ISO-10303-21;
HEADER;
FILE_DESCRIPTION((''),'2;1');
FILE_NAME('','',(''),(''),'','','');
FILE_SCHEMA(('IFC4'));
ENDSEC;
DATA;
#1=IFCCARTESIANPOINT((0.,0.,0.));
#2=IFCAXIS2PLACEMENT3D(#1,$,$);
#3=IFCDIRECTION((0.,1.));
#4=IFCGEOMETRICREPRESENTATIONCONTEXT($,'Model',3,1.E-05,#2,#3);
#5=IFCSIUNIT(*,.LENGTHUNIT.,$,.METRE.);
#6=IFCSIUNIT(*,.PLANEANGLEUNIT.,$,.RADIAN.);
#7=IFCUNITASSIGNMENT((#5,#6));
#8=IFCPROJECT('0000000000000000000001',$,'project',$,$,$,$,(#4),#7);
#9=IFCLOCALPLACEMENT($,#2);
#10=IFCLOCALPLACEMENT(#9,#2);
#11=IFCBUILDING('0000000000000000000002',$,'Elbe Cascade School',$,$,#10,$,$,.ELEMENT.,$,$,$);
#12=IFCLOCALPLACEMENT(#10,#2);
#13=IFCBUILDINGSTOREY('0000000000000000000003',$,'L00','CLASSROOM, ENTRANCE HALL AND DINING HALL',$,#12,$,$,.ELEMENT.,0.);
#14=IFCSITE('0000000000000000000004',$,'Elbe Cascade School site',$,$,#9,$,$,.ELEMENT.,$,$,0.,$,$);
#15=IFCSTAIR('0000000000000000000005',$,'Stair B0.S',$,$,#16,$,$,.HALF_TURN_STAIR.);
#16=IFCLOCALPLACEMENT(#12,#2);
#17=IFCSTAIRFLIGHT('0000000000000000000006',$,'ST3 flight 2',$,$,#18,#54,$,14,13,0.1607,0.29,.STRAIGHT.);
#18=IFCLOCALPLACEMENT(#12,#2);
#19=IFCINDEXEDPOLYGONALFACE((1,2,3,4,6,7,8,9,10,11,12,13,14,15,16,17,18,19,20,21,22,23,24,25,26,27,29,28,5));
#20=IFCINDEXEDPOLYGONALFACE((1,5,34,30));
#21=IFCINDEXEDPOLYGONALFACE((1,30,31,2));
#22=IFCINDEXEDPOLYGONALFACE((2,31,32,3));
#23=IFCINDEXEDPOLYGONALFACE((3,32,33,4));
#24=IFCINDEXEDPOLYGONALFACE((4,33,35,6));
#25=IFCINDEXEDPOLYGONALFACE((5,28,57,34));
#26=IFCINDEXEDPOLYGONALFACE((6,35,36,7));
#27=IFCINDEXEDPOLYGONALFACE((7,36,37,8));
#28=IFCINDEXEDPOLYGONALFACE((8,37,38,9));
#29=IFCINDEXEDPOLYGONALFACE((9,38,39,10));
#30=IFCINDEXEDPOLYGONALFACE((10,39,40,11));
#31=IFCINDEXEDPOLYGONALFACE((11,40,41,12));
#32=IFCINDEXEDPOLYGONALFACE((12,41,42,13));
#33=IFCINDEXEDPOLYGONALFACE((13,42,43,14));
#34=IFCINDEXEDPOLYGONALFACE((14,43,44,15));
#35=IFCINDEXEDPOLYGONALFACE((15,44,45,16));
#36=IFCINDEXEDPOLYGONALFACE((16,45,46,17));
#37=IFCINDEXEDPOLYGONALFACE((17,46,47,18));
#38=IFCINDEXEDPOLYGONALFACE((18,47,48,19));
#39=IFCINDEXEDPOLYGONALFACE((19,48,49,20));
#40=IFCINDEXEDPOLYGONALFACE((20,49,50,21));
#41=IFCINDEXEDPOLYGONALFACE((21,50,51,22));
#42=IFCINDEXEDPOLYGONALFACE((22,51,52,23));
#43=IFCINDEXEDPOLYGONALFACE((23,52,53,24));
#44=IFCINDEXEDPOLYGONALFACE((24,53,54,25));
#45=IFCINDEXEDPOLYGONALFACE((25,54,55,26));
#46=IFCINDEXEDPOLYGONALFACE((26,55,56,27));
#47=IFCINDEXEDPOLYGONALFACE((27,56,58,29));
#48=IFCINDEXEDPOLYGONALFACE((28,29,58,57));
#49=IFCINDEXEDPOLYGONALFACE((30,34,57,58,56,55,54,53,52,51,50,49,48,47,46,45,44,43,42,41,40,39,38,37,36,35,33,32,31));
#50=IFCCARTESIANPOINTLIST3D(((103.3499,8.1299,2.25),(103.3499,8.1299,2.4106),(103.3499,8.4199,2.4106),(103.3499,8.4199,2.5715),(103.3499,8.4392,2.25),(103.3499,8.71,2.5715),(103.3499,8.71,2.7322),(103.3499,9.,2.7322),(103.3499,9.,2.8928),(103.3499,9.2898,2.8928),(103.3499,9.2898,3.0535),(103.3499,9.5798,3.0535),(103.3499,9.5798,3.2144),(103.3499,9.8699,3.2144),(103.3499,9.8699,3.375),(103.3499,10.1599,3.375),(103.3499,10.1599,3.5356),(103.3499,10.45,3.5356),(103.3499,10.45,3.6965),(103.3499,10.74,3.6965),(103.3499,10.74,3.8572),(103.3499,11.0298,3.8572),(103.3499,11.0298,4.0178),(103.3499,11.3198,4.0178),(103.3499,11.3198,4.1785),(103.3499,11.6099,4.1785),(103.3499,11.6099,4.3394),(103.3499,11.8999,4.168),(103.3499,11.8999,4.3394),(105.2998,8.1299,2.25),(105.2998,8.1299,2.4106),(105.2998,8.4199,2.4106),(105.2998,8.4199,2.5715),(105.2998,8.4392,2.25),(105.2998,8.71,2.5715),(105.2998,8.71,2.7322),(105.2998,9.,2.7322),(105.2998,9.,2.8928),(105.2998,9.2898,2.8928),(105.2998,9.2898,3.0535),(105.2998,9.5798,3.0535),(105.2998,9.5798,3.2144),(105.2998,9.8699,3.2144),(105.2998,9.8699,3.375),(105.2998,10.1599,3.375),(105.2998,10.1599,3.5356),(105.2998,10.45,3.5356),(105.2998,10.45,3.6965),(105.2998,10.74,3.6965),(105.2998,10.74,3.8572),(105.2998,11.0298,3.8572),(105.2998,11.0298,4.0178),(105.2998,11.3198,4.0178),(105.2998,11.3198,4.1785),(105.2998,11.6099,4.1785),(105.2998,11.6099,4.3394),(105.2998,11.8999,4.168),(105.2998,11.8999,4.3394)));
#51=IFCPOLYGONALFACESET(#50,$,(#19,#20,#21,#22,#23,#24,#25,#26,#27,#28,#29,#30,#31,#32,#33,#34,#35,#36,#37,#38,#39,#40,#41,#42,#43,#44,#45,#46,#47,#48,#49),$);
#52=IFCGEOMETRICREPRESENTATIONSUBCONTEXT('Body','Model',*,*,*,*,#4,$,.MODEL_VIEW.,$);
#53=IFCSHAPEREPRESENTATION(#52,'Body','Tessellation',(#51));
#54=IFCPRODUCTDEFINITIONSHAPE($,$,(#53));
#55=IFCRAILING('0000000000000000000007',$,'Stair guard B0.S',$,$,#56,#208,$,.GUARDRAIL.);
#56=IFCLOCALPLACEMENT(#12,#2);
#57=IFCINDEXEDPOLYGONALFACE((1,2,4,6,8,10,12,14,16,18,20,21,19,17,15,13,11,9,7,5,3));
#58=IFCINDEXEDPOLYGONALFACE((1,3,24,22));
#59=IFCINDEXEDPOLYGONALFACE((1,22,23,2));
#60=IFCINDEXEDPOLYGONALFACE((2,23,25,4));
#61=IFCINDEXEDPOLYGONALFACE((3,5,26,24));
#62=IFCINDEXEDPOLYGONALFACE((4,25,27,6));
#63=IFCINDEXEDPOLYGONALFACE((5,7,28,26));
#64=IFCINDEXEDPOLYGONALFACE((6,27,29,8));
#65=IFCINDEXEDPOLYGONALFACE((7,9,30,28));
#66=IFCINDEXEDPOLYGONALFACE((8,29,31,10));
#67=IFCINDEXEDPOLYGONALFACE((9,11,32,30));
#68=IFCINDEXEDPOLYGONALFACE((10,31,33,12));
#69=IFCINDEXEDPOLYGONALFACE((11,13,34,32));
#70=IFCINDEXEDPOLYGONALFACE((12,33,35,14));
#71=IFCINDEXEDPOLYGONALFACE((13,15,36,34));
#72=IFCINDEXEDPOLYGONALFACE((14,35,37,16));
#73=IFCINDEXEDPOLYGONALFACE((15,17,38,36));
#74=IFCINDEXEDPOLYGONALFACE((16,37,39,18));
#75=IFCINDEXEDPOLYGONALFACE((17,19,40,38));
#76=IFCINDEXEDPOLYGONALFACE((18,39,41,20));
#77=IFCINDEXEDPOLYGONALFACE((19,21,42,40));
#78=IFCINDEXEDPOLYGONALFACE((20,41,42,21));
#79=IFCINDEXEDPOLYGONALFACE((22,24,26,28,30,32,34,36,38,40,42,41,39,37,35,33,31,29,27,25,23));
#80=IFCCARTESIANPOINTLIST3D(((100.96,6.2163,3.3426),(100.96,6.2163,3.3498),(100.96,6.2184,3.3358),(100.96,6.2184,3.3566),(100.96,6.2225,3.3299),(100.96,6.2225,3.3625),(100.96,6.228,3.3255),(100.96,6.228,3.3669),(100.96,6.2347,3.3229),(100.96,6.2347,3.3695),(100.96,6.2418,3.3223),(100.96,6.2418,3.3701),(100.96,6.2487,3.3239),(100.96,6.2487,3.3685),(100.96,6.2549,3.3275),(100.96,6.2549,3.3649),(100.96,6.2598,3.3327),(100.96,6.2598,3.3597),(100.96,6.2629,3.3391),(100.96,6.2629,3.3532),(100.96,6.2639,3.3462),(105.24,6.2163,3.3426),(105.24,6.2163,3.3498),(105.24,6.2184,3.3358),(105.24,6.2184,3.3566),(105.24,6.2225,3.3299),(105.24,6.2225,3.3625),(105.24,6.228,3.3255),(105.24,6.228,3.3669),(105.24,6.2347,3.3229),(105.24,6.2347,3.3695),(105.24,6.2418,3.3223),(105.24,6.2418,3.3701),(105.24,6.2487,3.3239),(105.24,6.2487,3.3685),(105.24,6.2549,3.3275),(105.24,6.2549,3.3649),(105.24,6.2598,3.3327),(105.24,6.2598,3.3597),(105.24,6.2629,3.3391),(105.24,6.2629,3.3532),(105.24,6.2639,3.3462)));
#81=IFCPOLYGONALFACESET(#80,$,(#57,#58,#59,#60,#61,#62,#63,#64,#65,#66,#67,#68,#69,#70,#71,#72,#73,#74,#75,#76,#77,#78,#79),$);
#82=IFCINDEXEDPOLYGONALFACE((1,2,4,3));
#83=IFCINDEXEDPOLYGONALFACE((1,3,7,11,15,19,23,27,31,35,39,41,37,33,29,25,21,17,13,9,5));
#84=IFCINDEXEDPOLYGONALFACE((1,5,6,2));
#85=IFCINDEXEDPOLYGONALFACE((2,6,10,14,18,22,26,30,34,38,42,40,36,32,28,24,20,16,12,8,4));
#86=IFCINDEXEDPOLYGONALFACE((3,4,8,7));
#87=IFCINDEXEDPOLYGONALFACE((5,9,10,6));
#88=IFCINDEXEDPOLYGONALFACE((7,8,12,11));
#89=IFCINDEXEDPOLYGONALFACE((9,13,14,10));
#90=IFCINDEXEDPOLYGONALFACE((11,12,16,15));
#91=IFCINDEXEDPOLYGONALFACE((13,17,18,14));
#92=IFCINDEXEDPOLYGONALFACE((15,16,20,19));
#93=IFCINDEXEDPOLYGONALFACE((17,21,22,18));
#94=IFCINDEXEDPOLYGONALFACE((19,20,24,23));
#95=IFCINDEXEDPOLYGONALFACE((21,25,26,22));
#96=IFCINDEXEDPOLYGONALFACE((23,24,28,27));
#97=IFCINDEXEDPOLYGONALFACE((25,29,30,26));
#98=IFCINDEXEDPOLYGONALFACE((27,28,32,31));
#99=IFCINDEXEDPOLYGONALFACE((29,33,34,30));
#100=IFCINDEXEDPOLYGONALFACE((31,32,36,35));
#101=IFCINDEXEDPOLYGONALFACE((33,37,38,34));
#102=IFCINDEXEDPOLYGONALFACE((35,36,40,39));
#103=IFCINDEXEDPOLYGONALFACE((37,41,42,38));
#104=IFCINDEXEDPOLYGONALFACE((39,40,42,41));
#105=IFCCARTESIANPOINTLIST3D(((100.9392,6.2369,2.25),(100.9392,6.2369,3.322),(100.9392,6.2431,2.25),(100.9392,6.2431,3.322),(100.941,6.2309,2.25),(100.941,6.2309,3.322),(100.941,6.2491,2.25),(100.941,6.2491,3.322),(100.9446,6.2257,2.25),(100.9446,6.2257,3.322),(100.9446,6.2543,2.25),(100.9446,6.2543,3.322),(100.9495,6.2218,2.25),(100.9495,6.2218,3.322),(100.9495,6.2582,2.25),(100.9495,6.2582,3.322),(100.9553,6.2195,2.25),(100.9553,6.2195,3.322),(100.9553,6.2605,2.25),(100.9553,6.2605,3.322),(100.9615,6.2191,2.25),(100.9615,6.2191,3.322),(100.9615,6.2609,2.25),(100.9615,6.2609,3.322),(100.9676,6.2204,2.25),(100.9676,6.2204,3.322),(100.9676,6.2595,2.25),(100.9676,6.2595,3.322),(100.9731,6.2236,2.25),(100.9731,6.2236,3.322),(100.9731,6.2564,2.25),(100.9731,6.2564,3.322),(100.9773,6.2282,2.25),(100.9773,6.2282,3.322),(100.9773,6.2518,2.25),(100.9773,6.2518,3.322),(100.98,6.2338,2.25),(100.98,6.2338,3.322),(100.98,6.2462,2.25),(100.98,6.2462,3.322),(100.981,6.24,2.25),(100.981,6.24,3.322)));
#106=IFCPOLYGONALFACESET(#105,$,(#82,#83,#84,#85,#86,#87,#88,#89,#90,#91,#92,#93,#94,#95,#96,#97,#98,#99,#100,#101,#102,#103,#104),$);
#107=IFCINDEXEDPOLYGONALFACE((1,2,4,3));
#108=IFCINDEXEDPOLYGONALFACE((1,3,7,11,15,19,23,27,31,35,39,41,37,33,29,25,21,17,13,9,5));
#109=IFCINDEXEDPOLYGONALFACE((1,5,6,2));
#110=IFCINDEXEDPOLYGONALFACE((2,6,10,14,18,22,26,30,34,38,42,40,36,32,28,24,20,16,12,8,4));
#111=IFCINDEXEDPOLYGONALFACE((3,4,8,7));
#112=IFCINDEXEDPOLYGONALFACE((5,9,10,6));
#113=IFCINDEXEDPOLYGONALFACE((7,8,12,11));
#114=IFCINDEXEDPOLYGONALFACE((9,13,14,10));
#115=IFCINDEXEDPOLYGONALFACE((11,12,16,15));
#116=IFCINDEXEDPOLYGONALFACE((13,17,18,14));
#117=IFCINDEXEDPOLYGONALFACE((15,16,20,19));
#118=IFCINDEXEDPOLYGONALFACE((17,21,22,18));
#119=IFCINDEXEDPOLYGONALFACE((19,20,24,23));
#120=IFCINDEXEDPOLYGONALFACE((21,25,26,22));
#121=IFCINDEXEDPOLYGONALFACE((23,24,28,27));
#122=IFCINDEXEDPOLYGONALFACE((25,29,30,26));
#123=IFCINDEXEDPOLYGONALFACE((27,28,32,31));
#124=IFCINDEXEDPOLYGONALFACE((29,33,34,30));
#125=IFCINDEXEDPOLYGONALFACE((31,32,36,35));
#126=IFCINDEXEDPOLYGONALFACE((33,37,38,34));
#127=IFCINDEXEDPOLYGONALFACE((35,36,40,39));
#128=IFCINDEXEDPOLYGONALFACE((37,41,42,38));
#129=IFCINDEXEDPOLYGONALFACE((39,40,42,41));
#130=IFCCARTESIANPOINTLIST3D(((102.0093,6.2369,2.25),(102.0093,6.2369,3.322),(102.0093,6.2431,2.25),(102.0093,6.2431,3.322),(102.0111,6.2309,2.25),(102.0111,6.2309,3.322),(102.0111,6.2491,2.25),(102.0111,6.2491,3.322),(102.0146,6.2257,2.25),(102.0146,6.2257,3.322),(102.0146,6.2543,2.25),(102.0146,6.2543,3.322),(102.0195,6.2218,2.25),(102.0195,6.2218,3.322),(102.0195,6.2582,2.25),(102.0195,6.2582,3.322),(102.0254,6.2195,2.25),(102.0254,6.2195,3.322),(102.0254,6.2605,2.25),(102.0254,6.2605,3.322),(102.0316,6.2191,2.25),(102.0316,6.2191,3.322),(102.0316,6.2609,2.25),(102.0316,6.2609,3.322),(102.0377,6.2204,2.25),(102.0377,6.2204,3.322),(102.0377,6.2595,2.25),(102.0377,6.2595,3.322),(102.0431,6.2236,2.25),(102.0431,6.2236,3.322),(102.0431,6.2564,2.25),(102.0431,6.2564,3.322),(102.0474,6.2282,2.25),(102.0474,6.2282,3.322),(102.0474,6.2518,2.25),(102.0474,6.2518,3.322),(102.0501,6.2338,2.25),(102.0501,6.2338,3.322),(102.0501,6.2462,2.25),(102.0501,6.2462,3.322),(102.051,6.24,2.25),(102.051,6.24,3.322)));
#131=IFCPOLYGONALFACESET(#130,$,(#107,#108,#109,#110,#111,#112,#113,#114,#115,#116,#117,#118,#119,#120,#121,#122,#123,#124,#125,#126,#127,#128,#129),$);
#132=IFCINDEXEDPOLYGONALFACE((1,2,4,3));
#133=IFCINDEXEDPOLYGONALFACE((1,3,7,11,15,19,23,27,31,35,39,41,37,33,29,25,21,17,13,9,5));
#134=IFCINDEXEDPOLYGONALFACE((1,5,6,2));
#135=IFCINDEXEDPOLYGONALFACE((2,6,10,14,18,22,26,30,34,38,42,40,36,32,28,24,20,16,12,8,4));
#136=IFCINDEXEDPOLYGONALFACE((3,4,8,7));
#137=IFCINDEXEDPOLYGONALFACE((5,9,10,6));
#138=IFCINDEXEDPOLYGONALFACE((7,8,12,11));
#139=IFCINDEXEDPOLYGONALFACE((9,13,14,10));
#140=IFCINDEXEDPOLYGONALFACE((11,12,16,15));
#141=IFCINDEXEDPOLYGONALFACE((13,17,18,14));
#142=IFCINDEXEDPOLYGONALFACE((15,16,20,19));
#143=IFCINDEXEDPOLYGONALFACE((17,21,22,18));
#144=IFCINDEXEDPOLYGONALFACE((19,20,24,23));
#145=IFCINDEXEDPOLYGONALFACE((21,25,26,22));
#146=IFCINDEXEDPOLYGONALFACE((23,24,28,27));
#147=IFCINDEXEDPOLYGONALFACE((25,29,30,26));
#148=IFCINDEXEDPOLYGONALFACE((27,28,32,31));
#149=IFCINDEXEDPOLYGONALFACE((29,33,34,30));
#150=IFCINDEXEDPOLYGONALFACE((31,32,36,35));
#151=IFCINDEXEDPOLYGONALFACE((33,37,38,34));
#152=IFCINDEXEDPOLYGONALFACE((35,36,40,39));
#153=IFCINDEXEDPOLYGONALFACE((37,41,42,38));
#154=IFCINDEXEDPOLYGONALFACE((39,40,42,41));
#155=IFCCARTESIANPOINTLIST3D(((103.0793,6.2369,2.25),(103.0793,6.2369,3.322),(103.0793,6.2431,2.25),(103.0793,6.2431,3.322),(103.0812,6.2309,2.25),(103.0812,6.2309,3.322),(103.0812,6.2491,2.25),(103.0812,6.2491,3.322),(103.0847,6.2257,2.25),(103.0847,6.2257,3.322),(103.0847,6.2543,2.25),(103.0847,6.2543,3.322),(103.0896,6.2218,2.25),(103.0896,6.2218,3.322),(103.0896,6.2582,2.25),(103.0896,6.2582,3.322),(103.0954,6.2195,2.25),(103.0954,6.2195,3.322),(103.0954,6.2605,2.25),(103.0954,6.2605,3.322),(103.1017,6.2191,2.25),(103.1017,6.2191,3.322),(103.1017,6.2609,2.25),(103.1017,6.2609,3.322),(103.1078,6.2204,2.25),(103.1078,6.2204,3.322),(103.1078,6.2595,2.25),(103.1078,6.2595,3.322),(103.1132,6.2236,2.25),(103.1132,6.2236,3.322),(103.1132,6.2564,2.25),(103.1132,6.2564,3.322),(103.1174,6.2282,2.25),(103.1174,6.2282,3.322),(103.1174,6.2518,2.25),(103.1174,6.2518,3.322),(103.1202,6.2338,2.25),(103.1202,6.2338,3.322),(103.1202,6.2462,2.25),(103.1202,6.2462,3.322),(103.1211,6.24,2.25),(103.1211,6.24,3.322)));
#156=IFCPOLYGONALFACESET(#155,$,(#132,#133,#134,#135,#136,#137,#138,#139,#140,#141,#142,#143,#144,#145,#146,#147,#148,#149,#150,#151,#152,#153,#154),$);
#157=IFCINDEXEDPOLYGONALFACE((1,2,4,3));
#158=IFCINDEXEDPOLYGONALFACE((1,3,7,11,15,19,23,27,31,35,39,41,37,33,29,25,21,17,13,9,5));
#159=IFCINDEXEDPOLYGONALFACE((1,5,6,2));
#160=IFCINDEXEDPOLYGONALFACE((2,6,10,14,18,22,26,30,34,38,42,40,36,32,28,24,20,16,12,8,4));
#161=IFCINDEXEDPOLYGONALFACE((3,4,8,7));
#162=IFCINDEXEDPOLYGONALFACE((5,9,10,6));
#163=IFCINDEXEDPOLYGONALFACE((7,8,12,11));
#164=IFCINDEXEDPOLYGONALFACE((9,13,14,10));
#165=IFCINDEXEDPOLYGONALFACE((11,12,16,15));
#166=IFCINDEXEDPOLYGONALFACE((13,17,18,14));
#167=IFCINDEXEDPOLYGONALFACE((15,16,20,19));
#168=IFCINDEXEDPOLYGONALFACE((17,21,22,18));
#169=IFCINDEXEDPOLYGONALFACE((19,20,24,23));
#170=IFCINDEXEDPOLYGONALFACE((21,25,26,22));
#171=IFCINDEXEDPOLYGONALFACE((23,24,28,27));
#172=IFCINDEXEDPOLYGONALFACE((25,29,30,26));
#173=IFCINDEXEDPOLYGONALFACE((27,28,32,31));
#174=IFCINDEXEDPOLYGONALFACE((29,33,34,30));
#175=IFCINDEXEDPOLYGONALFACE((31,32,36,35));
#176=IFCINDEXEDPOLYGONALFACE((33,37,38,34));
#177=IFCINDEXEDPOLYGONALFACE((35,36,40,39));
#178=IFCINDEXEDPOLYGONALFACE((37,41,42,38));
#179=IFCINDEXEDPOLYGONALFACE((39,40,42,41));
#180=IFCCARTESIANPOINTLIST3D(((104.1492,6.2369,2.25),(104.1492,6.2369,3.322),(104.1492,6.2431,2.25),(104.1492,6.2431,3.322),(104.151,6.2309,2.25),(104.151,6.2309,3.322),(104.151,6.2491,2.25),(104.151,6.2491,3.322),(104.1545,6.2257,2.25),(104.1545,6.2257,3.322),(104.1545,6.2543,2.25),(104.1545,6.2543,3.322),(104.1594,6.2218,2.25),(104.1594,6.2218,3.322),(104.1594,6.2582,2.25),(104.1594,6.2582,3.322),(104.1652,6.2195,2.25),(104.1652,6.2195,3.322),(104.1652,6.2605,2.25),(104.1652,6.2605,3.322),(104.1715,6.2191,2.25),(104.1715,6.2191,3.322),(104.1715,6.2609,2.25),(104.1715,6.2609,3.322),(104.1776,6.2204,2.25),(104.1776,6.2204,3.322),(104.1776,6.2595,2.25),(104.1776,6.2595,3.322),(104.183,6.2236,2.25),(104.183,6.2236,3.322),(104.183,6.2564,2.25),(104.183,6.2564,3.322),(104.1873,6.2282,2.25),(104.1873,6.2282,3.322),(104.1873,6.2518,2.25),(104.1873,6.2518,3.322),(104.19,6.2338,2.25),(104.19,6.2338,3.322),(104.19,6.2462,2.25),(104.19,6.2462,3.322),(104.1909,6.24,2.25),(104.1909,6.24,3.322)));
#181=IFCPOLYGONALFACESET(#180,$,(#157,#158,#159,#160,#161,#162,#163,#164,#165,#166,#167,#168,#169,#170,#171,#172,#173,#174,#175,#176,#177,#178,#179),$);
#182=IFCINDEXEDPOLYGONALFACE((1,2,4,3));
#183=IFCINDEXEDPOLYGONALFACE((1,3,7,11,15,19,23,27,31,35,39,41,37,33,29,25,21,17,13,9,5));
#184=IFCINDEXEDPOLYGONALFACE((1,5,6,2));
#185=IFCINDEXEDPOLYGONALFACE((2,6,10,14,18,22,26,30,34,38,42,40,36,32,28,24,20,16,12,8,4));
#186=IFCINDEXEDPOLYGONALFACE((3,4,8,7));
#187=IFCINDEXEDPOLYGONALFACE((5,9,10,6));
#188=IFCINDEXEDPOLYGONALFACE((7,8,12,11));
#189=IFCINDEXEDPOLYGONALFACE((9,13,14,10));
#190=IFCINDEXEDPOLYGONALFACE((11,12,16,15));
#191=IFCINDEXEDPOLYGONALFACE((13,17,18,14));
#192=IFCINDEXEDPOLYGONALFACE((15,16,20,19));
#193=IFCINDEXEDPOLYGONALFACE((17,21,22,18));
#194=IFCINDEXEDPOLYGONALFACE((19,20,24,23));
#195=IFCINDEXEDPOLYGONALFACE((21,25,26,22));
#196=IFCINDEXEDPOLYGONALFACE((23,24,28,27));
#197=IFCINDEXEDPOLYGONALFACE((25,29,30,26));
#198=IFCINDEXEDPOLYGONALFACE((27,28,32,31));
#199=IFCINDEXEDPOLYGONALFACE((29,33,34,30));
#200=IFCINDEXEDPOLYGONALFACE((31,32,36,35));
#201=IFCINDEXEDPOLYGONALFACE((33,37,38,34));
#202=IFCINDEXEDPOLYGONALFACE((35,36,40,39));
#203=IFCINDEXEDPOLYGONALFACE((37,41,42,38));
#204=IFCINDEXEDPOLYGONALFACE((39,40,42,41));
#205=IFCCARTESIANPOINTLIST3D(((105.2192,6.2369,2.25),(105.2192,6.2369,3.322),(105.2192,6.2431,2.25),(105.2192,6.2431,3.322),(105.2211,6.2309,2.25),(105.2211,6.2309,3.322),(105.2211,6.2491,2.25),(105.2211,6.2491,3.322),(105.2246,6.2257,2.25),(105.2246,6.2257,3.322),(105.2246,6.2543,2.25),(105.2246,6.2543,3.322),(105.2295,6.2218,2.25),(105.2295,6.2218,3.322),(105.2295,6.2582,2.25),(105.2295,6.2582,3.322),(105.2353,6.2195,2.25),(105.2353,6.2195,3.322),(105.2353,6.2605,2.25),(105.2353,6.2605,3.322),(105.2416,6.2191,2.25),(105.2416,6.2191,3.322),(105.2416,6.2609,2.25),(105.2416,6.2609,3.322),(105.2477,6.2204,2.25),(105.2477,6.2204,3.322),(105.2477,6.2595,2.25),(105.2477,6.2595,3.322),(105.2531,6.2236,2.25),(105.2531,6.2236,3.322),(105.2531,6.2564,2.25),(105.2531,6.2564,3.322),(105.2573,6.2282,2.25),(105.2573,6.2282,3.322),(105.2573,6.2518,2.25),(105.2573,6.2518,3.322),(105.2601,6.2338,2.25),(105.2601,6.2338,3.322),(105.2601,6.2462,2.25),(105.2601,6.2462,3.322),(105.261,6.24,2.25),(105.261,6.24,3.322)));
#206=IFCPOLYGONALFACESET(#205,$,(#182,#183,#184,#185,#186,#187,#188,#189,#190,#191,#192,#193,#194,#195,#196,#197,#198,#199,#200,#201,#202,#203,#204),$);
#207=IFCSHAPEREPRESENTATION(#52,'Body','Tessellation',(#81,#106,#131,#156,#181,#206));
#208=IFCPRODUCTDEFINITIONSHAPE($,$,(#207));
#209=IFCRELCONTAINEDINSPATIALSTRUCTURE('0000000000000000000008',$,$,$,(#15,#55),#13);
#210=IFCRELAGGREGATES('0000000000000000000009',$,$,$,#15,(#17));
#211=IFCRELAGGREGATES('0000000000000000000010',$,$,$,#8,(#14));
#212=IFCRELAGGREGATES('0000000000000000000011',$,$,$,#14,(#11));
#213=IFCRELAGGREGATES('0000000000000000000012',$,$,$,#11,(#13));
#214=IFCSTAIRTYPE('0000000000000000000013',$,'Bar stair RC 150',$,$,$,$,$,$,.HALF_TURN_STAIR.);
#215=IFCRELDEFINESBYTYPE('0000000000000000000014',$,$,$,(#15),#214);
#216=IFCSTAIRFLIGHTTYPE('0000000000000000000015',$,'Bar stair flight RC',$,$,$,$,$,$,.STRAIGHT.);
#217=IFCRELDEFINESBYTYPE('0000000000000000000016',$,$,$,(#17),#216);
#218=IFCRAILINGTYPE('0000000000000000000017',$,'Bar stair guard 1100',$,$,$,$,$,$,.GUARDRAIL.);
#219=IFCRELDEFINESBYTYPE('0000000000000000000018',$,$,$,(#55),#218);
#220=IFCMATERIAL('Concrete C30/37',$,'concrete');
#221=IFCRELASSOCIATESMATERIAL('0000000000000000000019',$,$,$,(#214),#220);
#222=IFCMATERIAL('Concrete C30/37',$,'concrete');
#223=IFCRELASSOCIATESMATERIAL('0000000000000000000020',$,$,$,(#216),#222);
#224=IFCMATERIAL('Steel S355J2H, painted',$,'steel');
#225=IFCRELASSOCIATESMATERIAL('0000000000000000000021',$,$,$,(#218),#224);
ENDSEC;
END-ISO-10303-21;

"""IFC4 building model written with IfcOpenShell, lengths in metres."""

from ifc_helpers import new_model, si_unit, direction, frame, origin, origin_2d, place, context, subcontext, project, spatial, polyline, circle, outline, extrude, material, type_object, element, aggregate, save


model = new_model("IFC4")

# Units and contexts
model_context = context("Model", 3, precision=1e-05, world=origin(), true_north=direction((0.0, 1.0)))
body_context = subcontext(model_context, "Body", "Model", "MODEL_VIEW")
ifc_project = project(units=[si_unit("LENGTHUNIT", "METRE"), si_unit("PLANEANGLEUNIT", "RADIAN")], contexts=[model_context])

# Site, building, storey
site_placement = place(None, origin())
site = spatial("IfcSite", under=ifc_project, at=site_placement, Name="Elbe Cascade School site", CompositionType="ELEMENT", RefElevation=0.0)
building_placement = place(site_placement, origin())
building = spatial("IfcBuilding", under=site, at=building_placement, Name="Elbe Cascade School", CompositionType="ELEMENT")
storey_placement = place(building_placement, origin())
storey = spatial("IfcBuildingStorey", under=building, at=storey_placement, Name="L00", Description="CLASSROOM, ENTRANCE HALL AND DINING HALL", CompositionType="ELEMENT", Elevation=0.0)

# Stair, stair flight
ifc_material_1 = material(Name="Concrete C30/37", Category="concrete")
stair_type = type_object("IfcStairType", Name="Bar stair RC 150", PredefinedType="HALF_TURN_STAIR", material=ifc_material_1)
stair_placement = place(storey_placement, origin())
stair = element("IfcStair", 1, at=stair_placement, inside=storey, type_object=stair_type, Name="Stair B0.S", PredefinedType="HALF_TURN_STAIR")
ifc_material_2 = material(Name="Concrete C30/37", Category="concrete")
stair_flight_type = type_object("IfcStairFlightType", Name="Bar stair flight RC", PredefinedType="STRAIGHT", material=ifc_material_2)
stair_flight_1_placement = place(storey_placement, frame((104.325, 8.1299, 2.25), z_axis=(0.0, 0.0, 1.0), x_axis=(0.0, 1.0, 0.0)))
stair_flight_1 = element("IfcStairFlight", 2, at=stair_flight_1_placement, type_object=stair_flight_type, Name="ST3 flight 2", NumberOfRisers=14, NumberOfTreads=13, PredefinedType="STRAIGHT", RiserHeight=0.1607, TreadLength=0.29, context=body_context, shape_type="SweptSolid", body=[
    extrude(outline(polyline([(0.0, 0.0), (0.0, 0.1606), (0.29, 0.1606), (0.29, 0.3215), (0.5801, 0.3215), (0.5801, 0.4822), (0.8701, 0.4822), (0.8701, 0.6428), (1.1599, 0.6428), (1.1599, 0.8035), (1.45, 0.8035), (1.45, 0.9644), (1.74, 0.9644), (1.74, 1.125), (2.03, 1.125), (2.03, 1.2856), (2.3201, 1.2856), (2.3201, 1.4465), (2.6101, 1.4465), (2.6101, 1.6072), (2.8999, 1.6072), (2.8999, 1.7678), (3.1899, 1.7678), (3.1899, 1.9285), (3.48, 1.9285), (3.48, 2.0894), (3.77, 2.0894), (3.77, 2.25), (3.77, 1.918), (0.3093, 0.0), (0.0, 0.0)])), frame((0.0, 0.9751, 0.0), z_axis=(0.0, -1.0, 0.0), x_axis=(1.0, 0.0, 0.0)), (0.0, 0.0, 1.0), 1.95),
])
aggregate(stair, [stair_flight_1])

# Railing
ifc_material_3 = material(Name="Steel S355J2H, painted", Category="steel")
railing_type_1 = type_object("IfcRailingType", Name="Bar stair guard 1100", PredefinedType="GUARDRAIL", material=ifc_material_3)
railing_1_placement = place(storey_placement, frame((100.96, 6.24, 2.25)))
element("IfcRailing", 3, at=railing_1_placement, inside=storey, type_object=railing_type_1, Name="Stair guard B0.S", PredefinedType="GUARDRAIL", context=body_context, shape_type="SweptSolid", body=[
    extrude(circle(Radius=0.0239, at=origin_2d()), frame((0.0, 0.0, 1.0962), z_axis=(1.0, 0.0, 0.0), x_axis=(0.0, 1.0, 0.0)), (0.0, 0.0, 1.0), 4.28),
    extrude(circle(Radius=0.021, at=origin_2d()), origin(), (0.0, 0.0, 1.0), 1.072),
    extrude(circle(Radius=0.021, at=origin_2d()), frame((1.0701, 0.0, 0.0)), (0.0, 0.0, 1.0), 1.072),
    extrude(circle(Radius=0.021, at=origin_2d()), frame((2.1401, 0.0, 0.0)), (0.0, 0.0, 1.0), 1.072),
    extrude(circle(Radius=0.021, at=origin_2d()), frame((3.21, 0.0, 0.0)), (0.0, 0.0, 1.0), 1.072),
    extrude(circle(Radius=0.021, at=origin_2d()), frame((4.28, 0.0, 0.0)), (0.0, 0.0, 1.0), 1.072),
])

save(model, "model.ifc")
